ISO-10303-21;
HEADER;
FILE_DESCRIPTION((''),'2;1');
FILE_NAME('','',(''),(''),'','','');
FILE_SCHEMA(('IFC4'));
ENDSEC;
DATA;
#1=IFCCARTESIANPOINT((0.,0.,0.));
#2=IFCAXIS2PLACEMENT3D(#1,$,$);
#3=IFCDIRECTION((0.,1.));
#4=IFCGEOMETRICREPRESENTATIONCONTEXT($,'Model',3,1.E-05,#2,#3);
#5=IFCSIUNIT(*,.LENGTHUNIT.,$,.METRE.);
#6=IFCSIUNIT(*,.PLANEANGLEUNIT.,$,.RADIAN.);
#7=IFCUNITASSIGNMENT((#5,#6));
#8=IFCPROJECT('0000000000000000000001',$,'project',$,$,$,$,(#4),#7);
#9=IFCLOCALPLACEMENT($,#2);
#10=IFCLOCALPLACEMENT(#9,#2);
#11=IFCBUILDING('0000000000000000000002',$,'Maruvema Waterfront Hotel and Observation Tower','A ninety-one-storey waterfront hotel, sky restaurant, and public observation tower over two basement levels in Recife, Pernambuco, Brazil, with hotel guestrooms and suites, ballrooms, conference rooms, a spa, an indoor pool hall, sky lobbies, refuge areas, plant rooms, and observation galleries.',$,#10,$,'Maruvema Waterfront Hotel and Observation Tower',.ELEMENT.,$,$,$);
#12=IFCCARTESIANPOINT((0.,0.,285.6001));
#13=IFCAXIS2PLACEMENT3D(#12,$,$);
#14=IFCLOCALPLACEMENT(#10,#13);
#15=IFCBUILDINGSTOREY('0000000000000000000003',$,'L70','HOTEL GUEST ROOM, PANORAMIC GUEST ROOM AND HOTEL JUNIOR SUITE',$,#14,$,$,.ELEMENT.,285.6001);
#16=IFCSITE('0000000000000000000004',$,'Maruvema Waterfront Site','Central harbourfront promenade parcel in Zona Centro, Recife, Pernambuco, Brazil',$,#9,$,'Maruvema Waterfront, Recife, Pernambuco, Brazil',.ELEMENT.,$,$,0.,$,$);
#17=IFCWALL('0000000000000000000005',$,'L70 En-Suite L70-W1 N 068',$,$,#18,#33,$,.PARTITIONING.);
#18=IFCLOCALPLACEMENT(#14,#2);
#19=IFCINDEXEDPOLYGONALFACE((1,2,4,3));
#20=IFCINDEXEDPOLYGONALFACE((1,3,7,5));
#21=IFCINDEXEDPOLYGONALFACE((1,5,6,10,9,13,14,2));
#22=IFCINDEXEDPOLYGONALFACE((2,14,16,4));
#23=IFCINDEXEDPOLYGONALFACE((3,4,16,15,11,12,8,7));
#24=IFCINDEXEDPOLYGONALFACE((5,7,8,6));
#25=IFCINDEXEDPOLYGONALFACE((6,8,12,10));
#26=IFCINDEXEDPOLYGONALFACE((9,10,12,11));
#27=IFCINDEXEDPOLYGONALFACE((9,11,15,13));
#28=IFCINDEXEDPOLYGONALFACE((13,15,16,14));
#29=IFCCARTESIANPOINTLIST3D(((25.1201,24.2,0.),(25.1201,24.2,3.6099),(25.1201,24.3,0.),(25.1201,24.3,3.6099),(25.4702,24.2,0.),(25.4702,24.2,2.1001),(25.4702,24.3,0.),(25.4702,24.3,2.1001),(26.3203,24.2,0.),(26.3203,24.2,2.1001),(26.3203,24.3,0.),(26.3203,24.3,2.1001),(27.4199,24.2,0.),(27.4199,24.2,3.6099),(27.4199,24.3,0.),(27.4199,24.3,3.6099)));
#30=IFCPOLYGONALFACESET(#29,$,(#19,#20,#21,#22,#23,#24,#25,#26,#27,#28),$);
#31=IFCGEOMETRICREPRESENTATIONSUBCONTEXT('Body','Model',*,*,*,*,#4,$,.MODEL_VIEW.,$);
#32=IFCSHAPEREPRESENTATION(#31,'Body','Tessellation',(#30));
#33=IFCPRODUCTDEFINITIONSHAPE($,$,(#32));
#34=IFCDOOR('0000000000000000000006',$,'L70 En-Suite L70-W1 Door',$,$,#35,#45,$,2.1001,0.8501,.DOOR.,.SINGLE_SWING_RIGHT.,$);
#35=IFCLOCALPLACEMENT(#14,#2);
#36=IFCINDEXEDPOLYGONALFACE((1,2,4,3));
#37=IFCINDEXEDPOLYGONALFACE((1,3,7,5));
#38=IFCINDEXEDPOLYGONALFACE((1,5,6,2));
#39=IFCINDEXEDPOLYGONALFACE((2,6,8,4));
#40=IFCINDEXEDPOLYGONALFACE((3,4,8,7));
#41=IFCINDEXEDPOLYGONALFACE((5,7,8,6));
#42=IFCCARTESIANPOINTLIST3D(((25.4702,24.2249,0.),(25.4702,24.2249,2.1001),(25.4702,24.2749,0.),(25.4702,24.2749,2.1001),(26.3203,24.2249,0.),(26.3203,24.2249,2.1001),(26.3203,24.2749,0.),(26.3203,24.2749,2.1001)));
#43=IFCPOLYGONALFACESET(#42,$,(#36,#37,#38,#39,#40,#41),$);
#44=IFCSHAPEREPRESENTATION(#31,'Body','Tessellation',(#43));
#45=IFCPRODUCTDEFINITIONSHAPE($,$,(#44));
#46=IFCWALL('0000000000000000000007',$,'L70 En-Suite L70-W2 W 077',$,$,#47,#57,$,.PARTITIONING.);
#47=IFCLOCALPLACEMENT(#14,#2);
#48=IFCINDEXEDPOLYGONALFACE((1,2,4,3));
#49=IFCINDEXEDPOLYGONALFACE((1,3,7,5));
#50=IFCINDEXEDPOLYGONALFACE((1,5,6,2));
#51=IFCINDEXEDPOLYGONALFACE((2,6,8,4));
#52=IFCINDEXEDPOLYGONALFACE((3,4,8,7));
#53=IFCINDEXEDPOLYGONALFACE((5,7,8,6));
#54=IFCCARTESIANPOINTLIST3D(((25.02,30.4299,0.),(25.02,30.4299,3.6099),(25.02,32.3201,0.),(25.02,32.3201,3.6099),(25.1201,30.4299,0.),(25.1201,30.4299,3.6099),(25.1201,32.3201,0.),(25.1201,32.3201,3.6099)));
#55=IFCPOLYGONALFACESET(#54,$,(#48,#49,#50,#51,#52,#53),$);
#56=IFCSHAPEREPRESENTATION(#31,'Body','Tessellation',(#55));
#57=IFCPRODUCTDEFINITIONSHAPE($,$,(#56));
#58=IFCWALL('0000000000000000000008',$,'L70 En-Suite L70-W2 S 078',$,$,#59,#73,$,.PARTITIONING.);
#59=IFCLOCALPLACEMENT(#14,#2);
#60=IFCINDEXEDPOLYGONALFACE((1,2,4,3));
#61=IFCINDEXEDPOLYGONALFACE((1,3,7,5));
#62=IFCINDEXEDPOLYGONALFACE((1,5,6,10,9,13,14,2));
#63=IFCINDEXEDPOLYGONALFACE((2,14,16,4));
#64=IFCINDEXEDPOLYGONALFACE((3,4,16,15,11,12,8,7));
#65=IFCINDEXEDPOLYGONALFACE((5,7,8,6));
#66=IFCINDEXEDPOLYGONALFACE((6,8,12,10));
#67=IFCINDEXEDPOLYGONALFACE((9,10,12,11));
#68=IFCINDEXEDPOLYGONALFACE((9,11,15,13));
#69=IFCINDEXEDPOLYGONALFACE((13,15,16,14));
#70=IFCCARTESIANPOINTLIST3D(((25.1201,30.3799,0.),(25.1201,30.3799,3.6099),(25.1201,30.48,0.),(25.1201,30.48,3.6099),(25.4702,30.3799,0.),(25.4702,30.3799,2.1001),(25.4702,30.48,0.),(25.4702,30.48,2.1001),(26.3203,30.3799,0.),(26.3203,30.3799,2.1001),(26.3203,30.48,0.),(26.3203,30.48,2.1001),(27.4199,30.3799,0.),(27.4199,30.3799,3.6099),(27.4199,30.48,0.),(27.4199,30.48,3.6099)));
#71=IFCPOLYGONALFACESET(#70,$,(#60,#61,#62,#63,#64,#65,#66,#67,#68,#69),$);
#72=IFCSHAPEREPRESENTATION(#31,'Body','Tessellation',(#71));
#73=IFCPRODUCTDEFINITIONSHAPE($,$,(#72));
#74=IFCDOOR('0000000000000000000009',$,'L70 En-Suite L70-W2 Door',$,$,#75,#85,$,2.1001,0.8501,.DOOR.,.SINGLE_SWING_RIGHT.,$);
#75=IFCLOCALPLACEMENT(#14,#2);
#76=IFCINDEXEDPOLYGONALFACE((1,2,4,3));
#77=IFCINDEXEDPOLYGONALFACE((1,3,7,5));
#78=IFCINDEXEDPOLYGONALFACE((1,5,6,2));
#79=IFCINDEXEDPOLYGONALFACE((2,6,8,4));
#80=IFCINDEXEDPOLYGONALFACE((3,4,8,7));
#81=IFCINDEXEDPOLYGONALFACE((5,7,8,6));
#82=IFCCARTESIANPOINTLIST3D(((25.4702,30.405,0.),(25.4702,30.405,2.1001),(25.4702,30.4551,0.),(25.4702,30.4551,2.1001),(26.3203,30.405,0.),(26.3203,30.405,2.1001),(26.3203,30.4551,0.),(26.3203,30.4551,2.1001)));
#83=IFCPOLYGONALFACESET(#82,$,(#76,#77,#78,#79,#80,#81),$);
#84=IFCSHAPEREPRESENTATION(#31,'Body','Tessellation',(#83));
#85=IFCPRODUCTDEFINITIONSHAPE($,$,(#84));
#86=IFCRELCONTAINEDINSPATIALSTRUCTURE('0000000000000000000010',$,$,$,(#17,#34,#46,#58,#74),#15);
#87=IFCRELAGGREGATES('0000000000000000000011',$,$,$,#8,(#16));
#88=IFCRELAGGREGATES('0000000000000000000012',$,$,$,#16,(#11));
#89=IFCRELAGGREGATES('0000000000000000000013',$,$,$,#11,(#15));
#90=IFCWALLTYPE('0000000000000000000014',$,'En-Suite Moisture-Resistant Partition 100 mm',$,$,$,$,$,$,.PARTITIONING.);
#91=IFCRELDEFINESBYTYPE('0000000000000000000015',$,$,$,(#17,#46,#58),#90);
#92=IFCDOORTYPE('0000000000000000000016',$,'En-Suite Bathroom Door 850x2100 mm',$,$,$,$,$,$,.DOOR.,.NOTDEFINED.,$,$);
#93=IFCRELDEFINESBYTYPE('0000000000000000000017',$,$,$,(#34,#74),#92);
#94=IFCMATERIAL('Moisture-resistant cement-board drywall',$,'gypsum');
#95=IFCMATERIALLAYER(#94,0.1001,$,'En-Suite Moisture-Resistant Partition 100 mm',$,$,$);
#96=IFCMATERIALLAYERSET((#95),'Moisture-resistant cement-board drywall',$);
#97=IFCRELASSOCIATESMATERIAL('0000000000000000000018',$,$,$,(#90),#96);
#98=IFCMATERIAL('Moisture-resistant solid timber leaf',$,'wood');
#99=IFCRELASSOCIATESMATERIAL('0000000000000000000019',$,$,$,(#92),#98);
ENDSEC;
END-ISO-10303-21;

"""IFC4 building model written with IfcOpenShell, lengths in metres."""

from ifc_helpers import new_model, si_unit, direction, frame, frame_2d, origin, place, context, subcontext, project, spatial, rectangle, extrude, material, layer, layer_set, type_object, element, fill, save


model = new_model("IFC4")

# Units and contexts
model_context = context("Model", 3, precision=1e-05, world=origin(), true_north=direction((0.0, 1.0)))
body_context = subcontext(model_context, "Body", "Model", "MODEL_VIEW")
ifc_project = project(units=[si_unit("LENGTHUNIT", "METRE"), si_unit("PLANEANGLEUNIT", "RADIAN")], contexts=[model_context])

# Site, building, storey
site_placement = place(None, origin())
site = spatial("IfcSite", under=ifc_project, at=site_placement, Name="Maruvema Waterfront Site", Description="Central harbourfront promenade parcel in Zona Centro, Recife, Pernambuco, Brazil", LongName="Maruvema Waterfront, Recife, Pernambuco, Brazil", CompositionType="ELEMENT", RefElevation=0.0)
building_placement = place(site_placement, origin())
building = spatial("IfcBuilding", under=site, at=building_placement, Name="Maruvema Waterfront Hotel and Observation Tower", Description="A ninety-one-storey waterfront hotel, sky restaurant, and public observation tower over two basement levels in Recife, Pernambuco, Brazil, with hotel guestrooms and suites, ballrooms, conference rooms, a spa, an indoor pool hall, sky lobbies, refuge areas, plant rooms, and observation galleries.", LongName="Maruvema Waterfront Hotel and Observation Tower", CompositionType="ELEMENT")
storey_placement = place(building_placement, frame((0.0, 0.0, 285.6001)))
storey = spatial("IfcBuildingStorey", under=building, at=storey_placement, Name="L70", Description="HOTEL GUEST ROOM, PANORAMIC GUEST ROOM AND HOTEL JUNIOR SUITE", CompositionType="ELEMENT", Elevation=285.6001)

# Shared definitions
ifc_material_1 = material(Name="Moisture-resistant cement-board drywall", Category="gypsum")
ifc_layer_1 = layer(ifc_material_1, 0.1001, Name="En-Suite Moisture-Resistant Partition 100 mm")
ifc_layer_set_1 = layer_set([ifc_layer_1], Name="Moisture-resistant cement-board drywall")
wall_type_1 = type_object("IfcWallType", Name="En-Suite Moisture-Resistant Partition 100 mm", PredefinedType="PARTITIONING", material=ifc_layer_set_1)

# Wall, opening, door
wall_1_placement = place(storey_placement, frame((25.1201, 24.25, 0.0), z_axis=(0.0, 0.0, 1.0), x_axis=(1.0, 0.0, 0.0)))
wall_1 = element("IfcWall", 1, at=wall_1_placement, inside=storey, type_object=wall_type_1, Name="L70 En-Suite L70-W1 N 068", PredefinedType="PARTITIONING", context=body_context, shape_type="SweptSolid", body=[
    extrude(rectangle(XDim=2.2998, YDim=0.1001, at=frame_2d((1.1499, 0.0))), origin(), (0.0, 0.0, 1.0), 3.6099),
])
opening_1_placement = place(wall_1_placement, frame((0.3501, 0.0, 0.0)))
opening_1 = element("IfcOpeningElement", 2, at=opening_1_placement, cuts=wall_1, PredefinedType="OPENING", context=body_context, shape_type="SweptSolid", body=[
    extrude(rectangle(XDim=0.8501, YDim=2.1001, at=frame_2d((0.425, 1.05))), frame((0.0, 0.0601, 0.0), z_axis=(0.0, -1.0, 0.0), x_axis=(1.0, 0.0, 0.0)), (0.0, 0.0, 1.0), 0.1201),
])
ifc_material_2 = material(Name="Moisture-resistant solid timber leaf", Category="wood")
door_type_1 = type_object("IfcDoorType", Name="En-Suite Bathroom Door 850x2100 mm", OperationType="NOTDEFINED", PredefinedType="DOOR", material=ifc_material_2)
door_1_placement = place(opening_1_placement, origin())
door_1 = element("IfcDoor", 3, at=door_1_placement, inside=storey, type_object=door_type_1, Name="L70 En-Suite L70-W1 Door", OperationType="SINGLE_SWING_RIGHT", OverallHeight=2.1001, OverallWidth=0.8501, PredefinedType="DOOR", context=body_context, shape_type="SweptSolid", body=[
    extrude(rectangle(XDim=0.8501, YDim=2.1001, at=frame_2d((0.425, 1.05))), frame((0.0, 0.0249, 0.0), z_axis=(0.0, -1.0, 0.0), x_axis=(1.0, 0.0, 0.0)), (0.0, 0.0, 1.0), 0.05),
])
fill(opening_1, door_1)

# Wall
wall_2_placement = place(storey_placement, frame((25.0701, 30.4299, 0.0), z_axis=(0.0, 0.0, 1.0), x_axis=(0.0, 1.0, 0.0)))
element("IfcWall", 4, at=wall_2_placement, inside=storey, type_object=wall_type_1, Name="L70 En-Suite L70-W2 W 077", PredefinedType="PARTITIONING", context=body_context, shape_type="SweptSolid", body=[
    extrude(rectangle(XDim=1.8901, YDim=0.1001, at=frame_2d((0.9451, 0.0))), origin(), (0.0, 0.0, 1.0), 3.6099),
])

# Wall, opening, door
wall_3_placement = place(storey_placement, frame((25.1201, 30.4299, 0.0), z_axis=(0.0, 0.0, 1.0), x_axis=(1.0, 0.0, 0.0)))
wall_3 = element("IfcWall", 5, at=wall_3_placement, inside=storey, type_object=wall_type_1, Name="L70 En-Suite L70-W2 S 078", PredefinedType="PARTITIONING", context=body_context, shape_type="SweptSolid", body=[
    extrude(rectangle(XDim=2.2998, YDim=0.1001, at=frame_2d((1.1499, 0.0))), origin(), (0.0, 0.0, 1.0), 3.6099),
])
opening_2_placement = place(wall_3_placement, frame((0.3501, 0.0, 0.0)))
opening_2 = element("IfcOpeningElement", 6, at=opening_2_placement, cuts=wall_3, PredefinedType="OPENING", context=body_context, shape_type="SweptSolid", body=[
    extrude(rectangle(XDim=0.8501, YDim=2.1001, at=frame_2d((0.425, 1.05))), frame((0.0, 0.0601, 0.0), z_axis=(0.0, -1.0, 0.0), x_axis=(1.0, 0.0, 0.0)), (0.0, 0.0, 1.0), 0.1201),
])
door_2_placement = place(opening_2_placement, frame((0.8501, 0.0, 0.0), z_axis=(0.0, 0.0, 1.0), x_axis=(-1.0, 0.0, 0.0)))
door_2 = element("IfcDoor", 7, at=door_2_placement, inside=storey, type_object=door_type_1, Name="L70 En-Suite L70-W2 Door", OperationType="SINGLE_SWING_RIGHT", OverallHeight=2.1001, OverallWidth=0.8501, PredefinedType="DOOR", context=body_context, shape_type="SweptSolid", body=[
    extrude(rectangle(XDim=0.8501, YDim=2.1001, at=frame_2d((0.425, 1.05))), frame((0.0, 0.0249, 0.0), z_axis=(0.0, -1.0, 0.0), x_axis=(1.0, 0.0, 0.0)), (0.0, 0.0, 1.0), 0.05),
])
fill(opening_2, door_2)

save(model, "model.ifc")
